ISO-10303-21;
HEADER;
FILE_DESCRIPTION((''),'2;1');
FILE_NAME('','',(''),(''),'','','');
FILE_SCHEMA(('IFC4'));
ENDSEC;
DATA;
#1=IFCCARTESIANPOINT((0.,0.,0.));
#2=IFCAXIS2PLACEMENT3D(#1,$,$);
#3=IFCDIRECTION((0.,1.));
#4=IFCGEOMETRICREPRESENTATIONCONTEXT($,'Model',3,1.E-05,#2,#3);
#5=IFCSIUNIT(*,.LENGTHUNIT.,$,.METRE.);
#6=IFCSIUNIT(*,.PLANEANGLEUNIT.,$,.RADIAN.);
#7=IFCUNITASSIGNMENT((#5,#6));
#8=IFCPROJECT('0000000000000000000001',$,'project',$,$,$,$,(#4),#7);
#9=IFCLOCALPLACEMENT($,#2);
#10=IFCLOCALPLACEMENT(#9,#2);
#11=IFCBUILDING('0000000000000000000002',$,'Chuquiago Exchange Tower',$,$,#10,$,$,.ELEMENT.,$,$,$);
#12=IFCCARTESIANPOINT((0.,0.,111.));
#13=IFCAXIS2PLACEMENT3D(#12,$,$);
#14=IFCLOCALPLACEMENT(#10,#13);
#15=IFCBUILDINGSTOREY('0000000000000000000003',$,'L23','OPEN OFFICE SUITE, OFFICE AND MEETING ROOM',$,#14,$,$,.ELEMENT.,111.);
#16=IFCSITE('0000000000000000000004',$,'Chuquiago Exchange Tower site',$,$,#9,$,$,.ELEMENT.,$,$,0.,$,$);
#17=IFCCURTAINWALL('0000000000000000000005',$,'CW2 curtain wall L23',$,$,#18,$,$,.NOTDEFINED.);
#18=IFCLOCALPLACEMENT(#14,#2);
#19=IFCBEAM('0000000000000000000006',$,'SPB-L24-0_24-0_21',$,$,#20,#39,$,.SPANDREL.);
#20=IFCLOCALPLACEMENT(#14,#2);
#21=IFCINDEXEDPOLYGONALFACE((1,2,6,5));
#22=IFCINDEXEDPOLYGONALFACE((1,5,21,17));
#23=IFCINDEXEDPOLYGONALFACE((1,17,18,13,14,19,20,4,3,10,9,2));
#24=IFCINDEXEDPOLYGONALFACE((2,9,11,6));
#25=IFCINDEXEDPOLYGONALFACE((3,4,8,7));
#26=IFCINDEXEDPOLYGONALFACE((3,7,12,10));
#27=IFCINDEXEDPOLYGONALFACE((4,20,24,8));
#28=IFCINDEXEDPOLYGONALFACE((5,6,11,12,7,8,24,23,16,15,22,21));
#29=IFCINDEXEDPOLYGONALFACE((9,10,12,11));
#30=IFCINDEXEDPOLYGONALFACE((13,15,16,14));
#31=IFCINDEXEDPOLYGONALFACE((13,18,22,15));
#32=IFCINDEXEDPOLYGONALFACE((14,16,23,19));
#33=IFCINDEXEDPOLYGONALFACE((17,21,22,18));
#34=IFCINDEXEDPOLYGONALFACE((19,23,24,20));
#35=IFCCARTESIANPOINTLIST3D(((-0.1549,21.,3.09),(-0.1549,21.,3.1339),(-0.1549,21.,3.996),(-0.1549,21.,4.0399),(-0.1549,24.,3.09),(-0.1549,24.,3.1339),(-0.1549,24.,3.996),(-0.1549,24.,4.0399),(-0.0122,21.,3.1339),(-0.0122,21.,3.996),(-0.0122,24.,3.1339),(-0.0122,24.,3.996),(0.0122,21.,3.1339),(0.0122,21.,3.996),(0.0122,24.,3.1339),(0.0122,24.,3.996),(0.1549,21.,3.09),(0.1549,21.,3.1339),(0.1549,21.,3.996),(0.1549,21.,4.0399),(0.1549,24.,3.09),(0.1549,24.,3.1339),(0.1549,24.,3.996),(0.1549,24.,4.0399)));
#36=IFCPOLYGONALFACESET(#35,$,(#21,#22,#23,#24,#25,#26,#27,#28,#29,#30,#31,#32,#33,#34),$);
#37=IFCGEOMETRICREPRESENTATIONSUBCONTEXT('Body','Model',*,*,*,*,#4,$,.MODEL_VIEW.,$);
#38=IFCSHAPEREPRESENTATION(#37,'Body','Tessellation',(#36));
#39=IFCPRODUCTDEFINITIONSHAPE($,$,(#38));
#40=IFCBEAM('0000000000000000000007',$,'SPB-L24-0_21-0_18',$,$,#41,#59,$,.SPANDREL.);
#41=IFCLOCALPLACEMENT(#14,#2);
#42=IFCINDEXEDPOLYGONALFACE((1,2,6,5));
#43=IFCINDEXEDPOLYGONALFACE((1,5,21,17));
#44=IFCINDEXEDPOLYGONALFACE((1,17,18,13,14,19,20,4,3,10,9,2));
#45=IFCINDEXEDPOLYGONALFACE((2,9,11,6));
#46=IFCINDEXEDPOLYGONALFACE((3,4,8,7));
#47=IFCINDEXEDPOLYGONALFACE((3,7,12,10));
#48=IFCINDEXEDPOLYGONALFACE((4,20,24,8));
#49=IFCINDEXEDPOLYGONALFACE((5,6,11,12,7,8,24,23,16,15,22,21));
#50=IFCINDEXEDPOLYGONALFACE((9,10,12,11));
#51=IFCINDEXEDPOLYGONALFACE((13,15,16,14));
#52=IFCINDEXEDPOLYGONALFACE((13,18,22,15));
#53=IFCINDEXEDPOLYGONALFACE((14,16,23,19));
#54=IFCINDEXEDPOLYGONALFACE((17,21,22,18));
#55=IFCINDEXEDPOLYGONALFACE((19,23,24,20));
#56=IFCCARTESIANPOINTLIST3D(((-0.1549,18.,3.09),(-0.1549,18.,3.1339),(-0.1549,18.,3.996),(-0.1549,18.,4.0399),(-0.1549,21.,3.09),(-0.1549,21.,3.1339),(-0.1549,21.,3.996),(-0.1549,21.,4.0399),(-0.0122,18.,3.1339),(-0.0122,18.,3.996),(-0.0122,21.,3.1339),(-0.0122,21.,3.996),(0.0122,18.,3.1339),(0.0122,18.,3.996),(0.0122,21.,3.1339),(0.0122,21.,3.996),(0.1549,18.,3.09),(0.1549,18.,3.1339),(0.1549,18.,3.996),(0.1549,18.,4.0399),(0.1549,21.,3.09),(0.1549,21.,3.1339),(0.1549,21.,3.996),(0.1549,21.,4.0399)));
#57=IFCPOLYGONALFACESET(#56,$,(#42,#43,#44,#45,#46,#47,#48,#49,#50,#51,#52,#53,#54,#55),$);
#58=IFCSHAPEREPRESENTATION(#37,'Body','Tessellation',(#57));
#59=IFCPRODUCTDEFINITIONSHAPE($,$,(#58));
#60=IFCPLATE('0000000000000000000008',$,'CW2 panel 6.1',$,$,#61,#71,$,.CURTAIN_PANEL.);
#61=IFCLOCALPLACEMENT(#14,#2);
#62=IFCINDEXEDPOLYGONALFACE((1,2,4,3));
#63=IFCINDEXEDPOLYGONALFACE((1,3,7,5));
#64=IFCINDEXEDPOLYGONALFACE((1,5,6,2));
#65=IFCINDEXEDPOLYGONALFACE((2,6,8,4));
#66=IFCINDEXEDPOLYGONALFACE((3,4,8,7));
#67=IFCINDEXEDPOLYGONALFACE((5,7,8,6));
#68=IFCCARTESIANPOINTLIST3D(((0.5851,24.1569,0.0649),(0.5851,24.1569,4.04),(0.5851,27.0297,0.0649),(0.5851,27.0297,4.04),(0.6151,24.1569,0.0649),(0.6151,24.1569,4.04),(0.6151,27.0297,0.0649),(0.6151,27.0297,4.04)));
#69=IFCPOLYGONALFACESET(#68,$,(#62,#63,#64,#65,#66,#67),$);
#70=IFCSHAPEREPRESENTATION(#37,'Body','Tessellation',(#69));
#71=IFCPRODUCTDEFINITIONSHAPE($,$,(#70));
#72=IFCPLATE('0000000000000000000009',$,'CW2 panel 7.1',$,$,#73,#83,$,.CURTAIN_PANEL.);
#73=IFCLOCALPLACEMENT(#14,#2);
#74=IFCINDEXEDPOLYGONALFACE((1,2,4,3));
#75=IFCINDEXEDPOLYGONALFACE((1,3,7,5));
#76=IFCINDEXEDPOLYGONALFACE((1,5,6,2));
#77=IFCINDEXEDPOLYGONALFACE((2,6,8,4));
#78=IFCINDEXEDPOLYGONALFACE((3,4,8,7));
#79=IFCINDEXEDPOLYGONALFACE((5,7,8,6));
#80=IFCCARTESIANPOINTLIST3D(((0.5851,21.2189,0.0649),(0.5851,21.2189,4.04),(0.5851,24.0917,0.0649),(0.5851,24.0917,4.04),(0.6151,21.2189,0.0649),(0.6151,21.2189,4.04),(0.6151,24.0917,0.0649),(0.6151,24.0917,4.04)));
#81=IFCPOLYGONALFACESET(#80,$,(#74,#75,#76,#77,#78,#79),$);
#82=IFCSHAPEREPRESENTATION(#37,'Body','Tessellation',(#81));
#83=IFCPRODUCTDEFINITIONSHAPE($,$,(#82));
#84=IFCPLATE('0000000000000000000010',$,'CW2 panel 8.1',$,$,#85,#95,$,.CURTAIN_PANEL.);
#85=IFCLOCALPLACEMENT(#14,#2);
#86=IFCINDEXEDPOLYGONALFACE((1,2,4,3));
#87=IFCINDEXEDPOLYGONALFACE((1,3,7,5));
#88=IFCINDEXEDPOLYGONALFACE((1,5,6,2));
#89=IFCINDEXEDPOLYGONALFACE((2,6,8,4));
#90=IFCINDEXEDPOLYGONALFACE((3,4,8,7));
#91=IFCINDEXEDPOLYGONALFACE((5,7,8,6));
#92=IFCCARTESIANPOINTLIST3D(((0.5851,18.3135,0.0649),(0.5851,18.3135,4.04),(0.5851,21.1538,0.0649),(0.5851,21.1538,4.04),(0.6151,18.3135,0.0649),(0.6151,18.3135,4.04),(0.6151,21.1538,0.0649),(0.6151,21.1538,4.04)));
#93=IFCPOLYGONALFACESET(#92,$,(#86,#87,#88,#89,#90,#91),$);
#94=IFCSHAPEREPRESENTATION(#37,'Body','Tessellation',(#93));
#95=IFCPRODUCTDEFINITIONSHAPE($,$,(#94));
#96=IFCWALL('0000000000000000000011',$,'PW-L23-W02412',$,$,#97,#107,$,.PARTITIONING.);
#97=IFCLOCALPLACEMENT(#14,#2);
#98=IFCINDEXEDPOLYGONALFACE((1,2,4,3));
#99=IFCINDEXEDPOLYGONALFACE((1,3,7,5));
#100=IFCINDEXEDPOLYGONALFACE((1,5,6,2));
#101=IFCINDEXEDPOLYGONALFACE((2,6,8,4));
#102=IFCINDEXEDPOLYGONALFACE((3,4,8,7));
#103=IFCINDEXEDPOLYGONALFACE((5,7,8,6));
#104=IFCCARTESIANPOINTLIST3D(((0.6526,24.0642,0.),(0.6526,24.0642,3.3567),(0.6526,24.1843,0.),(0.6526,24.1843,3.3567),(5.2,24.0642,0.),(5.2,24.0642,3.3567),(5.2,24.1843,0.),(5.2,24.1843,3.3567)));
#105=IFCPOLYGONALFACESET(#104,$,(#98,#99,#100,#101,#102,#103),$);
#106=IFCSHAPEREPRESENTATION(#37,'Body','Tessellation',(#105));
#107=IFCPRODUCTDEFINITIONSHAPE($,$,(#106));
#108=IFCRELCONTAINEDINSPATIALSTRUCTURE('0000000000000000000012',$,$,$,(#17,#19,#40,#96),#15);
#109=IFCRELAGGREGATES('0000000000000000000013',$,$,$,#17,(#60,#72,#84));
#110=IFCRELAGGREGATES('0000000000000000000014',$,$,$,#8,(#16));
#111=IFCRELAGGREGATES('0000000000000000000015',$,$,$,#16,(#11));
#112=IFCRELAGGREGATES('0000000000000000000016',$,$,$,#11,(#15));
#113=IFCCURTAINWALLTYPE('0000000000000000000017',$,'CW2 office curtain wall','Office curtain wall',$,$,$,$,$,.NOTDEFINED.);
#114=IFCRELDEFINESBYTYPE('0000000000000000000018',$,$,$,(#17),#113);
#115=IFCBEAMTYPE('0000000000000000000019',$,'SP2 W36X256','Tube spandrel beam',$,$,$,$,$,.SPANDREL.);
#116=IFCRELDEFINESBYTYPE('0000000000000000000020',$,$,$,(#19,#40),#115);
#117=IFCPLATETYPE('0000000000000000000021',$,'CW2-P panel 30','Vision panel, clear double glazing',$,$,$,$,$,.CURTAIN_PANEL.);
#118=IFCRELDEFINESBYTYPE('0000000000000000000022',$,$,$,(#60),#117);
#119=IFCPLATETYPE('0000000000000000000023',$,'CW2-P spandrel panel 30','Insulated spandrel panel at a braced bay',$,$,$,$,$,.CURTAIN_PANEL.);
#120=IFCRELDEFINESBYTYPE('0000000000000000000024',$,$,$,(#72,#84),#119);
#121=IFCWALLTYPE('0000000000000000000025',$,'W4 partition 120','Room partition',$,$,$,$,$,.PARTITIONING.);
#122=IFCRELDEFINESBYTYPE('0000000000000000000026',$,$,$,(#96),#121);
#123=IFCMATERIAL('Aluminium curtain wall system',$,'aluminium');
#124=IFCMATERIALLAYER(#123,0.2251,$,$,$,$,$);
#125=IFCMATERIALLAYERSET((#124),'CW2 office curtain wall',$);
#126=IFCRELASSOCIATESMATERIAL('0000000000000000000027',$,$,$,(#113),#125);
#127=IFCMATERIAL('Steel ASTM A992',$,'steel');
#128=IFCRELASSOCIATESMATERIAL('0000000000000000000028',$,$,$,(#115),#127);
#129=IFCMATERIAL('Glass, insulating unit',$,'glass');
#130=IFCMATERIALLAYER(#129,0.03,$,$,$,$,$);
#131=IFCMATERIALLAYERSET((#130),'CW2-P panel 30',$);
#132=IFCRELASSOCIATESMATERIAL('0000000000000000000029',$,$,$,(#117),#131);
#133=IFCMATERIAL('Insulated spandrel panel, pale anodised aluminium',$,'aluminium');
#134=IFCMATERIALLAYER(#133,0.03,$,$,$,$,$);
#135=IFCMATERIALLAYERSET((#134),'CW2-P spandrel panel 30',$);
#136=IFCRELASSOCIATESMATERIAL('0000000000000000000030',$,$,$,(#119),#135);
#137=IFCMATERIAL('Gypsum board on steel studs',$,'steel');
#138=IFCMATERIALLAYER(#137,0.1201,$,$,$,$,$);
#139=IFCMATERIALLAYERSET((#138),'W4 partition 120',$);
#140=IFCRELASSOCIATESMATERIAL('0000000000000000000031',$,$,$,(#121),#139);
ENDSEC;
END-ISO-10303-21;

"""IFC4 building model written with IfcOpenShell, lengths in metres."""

from ifc_helpers import new_model, si_unit, direction, frame, frame_2d, origin, origin_2d, place, context, subcontext, project, spatial, rectangle, i_section, extrude, material, layer, layer_set, material_profile, profile_set, type_object, element, aggregate, save


model = new_model("IFC4")

# Units and contexts
model_context = context("Model", 3, precision=1e-05, world=origin(), true_north=direction((0.0, 1.0)))
body_context = subcontext(model_context, "Body", "Model", "MODEL_VIEW")
ifc_project = project(units=[si_unit("LENGTHUNIT", "METRE"), si_unit("PLANEANGLEUNIT", "RADIAN")], contexts=[model_context])

# Site, building, storey
site_placement = place(None, origin())
site = spatial("IfcSite", under=ifc_project, at=site_placement, Name="Chuquiago Exchange Tower site", CompositionType="ELEMENT", RefElevation=0.0)
building_placement = place(site_placement, origin())
building = spatial("IfcBuilding", under=site, at=building_placement, Name="Chuquiago Exchange Tower", CompositionType="ELEMENT")
storey_placement = place(building_placement, frame((0.0, 0.0, 111.0)))
storey = spatial("IfcBuildingStorey", under=building, at=storey_placement, Name="L23", Description="OPEN OFFICE SUITE, OFFICE AND MEETING ROOM", CompositionType="ELEMENT", Elevation=111.0)

# Curtain wall
ifc_material_1 = material(Name="Aluminium curtain wall system", Category="aluminium")
ifc_layer_1 = layer(ifc_material_1, 0.2251)
ifc_layer_set_1 = layer_set([ifc_layer_1], Name="CW2 office curtain wall")
curtain_wall_type = type_object("IfcCurtainWallType", Name="CW2 office curtain wall", Description="Office curtain wall", PredefinedType="NOTDEFINED", material=ifc_layer_set_1)
curtain_wall_placement = place(storey_placement, origin())
curtain_wall = element("IfcCurtainWall", 1, at=curtain_wall_placement, inside=storey, type_object=curtain_wall_type, Name="CW2 curtain wall L23", PredefinedType="NOTDEFINED")

# Beams
ifc_material_2 = material(Name="Steel ASTM A992", Category="steel")
ifc_material_profile_1 = material_profile(ifc_material_2, i_section(OverallWidth=0.3098, OverallDepth=0.95, WebThickness=0.0244, FlangeThickness=0.0439, at=origin_2d()), Name="W36X256")
ifc_profile_set_1 = profile_set([ifc_material_profile_1], Name="Steel ASTM A992")
beam_type = type_object("IfcBeamType", Name="SP2 W36X256", Description="Tube spandrel beam", PredefinedType="SPANDREL", material=ifc_profile_set_1)
for number, where, z_axis, x_axis, name in (
    (2, (0.0, 24.0, 3.5649), (0.0, -1.0, 0.0), (1.0, 0.0, 0.0), "SPB-L24-0_24-0_21"),
    (3, (0.0, 21.0, 3.5649), (0.0, -1.0, 0.0), (1.0, 0.0, 0.0), "SPB-L24-0_21-0_18"),
):
    element("IfcBeam", number, at=place(storey_placement, frame(where, z_axis=z_axis, x_axis=x_axis)), inside=storey, type_object=beam_type, Name=name, PredefinedType="SPANDREL", context=body_context, shape_type="SweptSolid", body=[
        extrude(i_section(OverallWidth=0.3098, OverallDepth=0.95, WebThickness=0.0244, FlangeThickness=0.0439, at=origin_2d()), origin(), (0.0, 0.0, 1.0), 3.0),
    ])

# Plates
ifc_material_3 = material(Name="Glass, insulating unit", Category="glass")
ifc_layer_2 = layer(ifc_material_3, 0.03)
ifc_layer_set_2 = layer_set([ifc_layer_2], Name="CW2-P panel 30")
plate_type_1 = type_object("IfcPlateType", Name="CW2-P panel 30", Description="Vision panel, clear double glazing", PredefinedType="CURTAIN_PANEL", material=ifc_layer_set_2)
plate_1_placement = place(storey_placement, frame((0.6001, 25.5933, 0.0649), z_axis=(0.0, 0.0, 1.0), x_axis=(0.0, -1.0, 0.0)))
plate_1 = element("IfcPlate", 4, at=plate_1_placement, type_object=plate_type_1, Name="CW2 panel 6.1", PredefinedType="CURTAIN_PANEL", context=body_context, shape_type="SweptSolid", body=[
    extrude(rectangle(XDim=2.8728, YDim=0.03, at=origin_2d()), origin(), (0.0, 0.0, 1.0), 3.9751),
])
ifc_material_4 = material(Name="Insulated spandrel panel, pale anodised aluminium", Category="aluminium")
ifc_layer_3 = layer(ifc_material_4, 0.03)
ifc_layer_set_3 = layer_set([ifc_layer_3], Name="CW2-P spandrel panel 30")
plate_type_2 = type_object("IfcPlateType", Name="CW2-P spandrel panel 30", Description="Insulated spandrel panel at a braced bay", PredefinedType="CURTAIN_PANEL", material=ifc_layer_set_3)
plate_2_placement = place(storey_placement, frame((0.6001, 22.6553, 0.0649), z_axis=(0.0, 0.0, 1.0), x_axis=(0.0, -1.0, 0.0)))
plate_2 = element("IfcPlate", 5, at=plate_2_placement, type_object=plate_type_2, Name="CW2 panel 7.1", PredefinedType="CURTAIN_PANEL", context=body_context, shape_type="SweptSolid", body=[
    extrude(rectangle(XDim=2.8728, YDim=0.03, at=origin_2d()), origin(), (0.0, 0.0, 1.0), 3.9751),
])
plate_3_placement = place(storey_placement, frame((0.6001, 19.7336, 0.0649), z_axis=(0.0, 0.0, 1.0), x_axis=(0.0, -1.0, 0.0)))
plate_3 = element("IfcPlate", 6, at=plate_3_placement, type_object=plate_type_2, Name="CW2 panel 8.1", PredefinedType="CURTAIN_PANEL", context=body_context, shape_type="SweptSolid", body=[
    extrude(rectangle(XDim=2.8403, YDim=0.03, at=origin_2d()), origin(), (0.0, 0.0, 1.0), 3.9751),
])
aggregate(curtain_wall, [plate_1, plate_2, plate_3])

# Wall
ifc_material_5 = material(Name="Gypsum board on steel studs", Category="steel")
ifc_layer_4 = layer(ifc_material_5, 0.1201)
ifc_layer_set_4 = layer_set([ifc_layer_4], Name="W4 partition 120")
wall_type = type_object("IfcWallType", Name="W4 partition 120", Description="Room partition", PredefinedType="PARTITIONING", material=ifc_layer_set_4)
wall_1_placement = place(storey_placement, frame((0.6526, 24.1243, 0.0), z_axis=(0.0, 0.0, 1.0), x_axis=(1.0, 0.0, 0.0)))
element("IfcWall", 7, at=wall_1_placement, inside=storey, type_object=wall_type, Name="PW-L23-W02412", PredefinedType="PARTITIONING", context=body_context, shape_type="SweptSolid", body=[
    extrude(rectangle(XDim=4.5474, YDim=0.1201, at=frame_2d((2.2737, 0.0))), origin(), (0.0, 0.0, 1.0), 3.3567),
])

save(model, "model.ifc")
